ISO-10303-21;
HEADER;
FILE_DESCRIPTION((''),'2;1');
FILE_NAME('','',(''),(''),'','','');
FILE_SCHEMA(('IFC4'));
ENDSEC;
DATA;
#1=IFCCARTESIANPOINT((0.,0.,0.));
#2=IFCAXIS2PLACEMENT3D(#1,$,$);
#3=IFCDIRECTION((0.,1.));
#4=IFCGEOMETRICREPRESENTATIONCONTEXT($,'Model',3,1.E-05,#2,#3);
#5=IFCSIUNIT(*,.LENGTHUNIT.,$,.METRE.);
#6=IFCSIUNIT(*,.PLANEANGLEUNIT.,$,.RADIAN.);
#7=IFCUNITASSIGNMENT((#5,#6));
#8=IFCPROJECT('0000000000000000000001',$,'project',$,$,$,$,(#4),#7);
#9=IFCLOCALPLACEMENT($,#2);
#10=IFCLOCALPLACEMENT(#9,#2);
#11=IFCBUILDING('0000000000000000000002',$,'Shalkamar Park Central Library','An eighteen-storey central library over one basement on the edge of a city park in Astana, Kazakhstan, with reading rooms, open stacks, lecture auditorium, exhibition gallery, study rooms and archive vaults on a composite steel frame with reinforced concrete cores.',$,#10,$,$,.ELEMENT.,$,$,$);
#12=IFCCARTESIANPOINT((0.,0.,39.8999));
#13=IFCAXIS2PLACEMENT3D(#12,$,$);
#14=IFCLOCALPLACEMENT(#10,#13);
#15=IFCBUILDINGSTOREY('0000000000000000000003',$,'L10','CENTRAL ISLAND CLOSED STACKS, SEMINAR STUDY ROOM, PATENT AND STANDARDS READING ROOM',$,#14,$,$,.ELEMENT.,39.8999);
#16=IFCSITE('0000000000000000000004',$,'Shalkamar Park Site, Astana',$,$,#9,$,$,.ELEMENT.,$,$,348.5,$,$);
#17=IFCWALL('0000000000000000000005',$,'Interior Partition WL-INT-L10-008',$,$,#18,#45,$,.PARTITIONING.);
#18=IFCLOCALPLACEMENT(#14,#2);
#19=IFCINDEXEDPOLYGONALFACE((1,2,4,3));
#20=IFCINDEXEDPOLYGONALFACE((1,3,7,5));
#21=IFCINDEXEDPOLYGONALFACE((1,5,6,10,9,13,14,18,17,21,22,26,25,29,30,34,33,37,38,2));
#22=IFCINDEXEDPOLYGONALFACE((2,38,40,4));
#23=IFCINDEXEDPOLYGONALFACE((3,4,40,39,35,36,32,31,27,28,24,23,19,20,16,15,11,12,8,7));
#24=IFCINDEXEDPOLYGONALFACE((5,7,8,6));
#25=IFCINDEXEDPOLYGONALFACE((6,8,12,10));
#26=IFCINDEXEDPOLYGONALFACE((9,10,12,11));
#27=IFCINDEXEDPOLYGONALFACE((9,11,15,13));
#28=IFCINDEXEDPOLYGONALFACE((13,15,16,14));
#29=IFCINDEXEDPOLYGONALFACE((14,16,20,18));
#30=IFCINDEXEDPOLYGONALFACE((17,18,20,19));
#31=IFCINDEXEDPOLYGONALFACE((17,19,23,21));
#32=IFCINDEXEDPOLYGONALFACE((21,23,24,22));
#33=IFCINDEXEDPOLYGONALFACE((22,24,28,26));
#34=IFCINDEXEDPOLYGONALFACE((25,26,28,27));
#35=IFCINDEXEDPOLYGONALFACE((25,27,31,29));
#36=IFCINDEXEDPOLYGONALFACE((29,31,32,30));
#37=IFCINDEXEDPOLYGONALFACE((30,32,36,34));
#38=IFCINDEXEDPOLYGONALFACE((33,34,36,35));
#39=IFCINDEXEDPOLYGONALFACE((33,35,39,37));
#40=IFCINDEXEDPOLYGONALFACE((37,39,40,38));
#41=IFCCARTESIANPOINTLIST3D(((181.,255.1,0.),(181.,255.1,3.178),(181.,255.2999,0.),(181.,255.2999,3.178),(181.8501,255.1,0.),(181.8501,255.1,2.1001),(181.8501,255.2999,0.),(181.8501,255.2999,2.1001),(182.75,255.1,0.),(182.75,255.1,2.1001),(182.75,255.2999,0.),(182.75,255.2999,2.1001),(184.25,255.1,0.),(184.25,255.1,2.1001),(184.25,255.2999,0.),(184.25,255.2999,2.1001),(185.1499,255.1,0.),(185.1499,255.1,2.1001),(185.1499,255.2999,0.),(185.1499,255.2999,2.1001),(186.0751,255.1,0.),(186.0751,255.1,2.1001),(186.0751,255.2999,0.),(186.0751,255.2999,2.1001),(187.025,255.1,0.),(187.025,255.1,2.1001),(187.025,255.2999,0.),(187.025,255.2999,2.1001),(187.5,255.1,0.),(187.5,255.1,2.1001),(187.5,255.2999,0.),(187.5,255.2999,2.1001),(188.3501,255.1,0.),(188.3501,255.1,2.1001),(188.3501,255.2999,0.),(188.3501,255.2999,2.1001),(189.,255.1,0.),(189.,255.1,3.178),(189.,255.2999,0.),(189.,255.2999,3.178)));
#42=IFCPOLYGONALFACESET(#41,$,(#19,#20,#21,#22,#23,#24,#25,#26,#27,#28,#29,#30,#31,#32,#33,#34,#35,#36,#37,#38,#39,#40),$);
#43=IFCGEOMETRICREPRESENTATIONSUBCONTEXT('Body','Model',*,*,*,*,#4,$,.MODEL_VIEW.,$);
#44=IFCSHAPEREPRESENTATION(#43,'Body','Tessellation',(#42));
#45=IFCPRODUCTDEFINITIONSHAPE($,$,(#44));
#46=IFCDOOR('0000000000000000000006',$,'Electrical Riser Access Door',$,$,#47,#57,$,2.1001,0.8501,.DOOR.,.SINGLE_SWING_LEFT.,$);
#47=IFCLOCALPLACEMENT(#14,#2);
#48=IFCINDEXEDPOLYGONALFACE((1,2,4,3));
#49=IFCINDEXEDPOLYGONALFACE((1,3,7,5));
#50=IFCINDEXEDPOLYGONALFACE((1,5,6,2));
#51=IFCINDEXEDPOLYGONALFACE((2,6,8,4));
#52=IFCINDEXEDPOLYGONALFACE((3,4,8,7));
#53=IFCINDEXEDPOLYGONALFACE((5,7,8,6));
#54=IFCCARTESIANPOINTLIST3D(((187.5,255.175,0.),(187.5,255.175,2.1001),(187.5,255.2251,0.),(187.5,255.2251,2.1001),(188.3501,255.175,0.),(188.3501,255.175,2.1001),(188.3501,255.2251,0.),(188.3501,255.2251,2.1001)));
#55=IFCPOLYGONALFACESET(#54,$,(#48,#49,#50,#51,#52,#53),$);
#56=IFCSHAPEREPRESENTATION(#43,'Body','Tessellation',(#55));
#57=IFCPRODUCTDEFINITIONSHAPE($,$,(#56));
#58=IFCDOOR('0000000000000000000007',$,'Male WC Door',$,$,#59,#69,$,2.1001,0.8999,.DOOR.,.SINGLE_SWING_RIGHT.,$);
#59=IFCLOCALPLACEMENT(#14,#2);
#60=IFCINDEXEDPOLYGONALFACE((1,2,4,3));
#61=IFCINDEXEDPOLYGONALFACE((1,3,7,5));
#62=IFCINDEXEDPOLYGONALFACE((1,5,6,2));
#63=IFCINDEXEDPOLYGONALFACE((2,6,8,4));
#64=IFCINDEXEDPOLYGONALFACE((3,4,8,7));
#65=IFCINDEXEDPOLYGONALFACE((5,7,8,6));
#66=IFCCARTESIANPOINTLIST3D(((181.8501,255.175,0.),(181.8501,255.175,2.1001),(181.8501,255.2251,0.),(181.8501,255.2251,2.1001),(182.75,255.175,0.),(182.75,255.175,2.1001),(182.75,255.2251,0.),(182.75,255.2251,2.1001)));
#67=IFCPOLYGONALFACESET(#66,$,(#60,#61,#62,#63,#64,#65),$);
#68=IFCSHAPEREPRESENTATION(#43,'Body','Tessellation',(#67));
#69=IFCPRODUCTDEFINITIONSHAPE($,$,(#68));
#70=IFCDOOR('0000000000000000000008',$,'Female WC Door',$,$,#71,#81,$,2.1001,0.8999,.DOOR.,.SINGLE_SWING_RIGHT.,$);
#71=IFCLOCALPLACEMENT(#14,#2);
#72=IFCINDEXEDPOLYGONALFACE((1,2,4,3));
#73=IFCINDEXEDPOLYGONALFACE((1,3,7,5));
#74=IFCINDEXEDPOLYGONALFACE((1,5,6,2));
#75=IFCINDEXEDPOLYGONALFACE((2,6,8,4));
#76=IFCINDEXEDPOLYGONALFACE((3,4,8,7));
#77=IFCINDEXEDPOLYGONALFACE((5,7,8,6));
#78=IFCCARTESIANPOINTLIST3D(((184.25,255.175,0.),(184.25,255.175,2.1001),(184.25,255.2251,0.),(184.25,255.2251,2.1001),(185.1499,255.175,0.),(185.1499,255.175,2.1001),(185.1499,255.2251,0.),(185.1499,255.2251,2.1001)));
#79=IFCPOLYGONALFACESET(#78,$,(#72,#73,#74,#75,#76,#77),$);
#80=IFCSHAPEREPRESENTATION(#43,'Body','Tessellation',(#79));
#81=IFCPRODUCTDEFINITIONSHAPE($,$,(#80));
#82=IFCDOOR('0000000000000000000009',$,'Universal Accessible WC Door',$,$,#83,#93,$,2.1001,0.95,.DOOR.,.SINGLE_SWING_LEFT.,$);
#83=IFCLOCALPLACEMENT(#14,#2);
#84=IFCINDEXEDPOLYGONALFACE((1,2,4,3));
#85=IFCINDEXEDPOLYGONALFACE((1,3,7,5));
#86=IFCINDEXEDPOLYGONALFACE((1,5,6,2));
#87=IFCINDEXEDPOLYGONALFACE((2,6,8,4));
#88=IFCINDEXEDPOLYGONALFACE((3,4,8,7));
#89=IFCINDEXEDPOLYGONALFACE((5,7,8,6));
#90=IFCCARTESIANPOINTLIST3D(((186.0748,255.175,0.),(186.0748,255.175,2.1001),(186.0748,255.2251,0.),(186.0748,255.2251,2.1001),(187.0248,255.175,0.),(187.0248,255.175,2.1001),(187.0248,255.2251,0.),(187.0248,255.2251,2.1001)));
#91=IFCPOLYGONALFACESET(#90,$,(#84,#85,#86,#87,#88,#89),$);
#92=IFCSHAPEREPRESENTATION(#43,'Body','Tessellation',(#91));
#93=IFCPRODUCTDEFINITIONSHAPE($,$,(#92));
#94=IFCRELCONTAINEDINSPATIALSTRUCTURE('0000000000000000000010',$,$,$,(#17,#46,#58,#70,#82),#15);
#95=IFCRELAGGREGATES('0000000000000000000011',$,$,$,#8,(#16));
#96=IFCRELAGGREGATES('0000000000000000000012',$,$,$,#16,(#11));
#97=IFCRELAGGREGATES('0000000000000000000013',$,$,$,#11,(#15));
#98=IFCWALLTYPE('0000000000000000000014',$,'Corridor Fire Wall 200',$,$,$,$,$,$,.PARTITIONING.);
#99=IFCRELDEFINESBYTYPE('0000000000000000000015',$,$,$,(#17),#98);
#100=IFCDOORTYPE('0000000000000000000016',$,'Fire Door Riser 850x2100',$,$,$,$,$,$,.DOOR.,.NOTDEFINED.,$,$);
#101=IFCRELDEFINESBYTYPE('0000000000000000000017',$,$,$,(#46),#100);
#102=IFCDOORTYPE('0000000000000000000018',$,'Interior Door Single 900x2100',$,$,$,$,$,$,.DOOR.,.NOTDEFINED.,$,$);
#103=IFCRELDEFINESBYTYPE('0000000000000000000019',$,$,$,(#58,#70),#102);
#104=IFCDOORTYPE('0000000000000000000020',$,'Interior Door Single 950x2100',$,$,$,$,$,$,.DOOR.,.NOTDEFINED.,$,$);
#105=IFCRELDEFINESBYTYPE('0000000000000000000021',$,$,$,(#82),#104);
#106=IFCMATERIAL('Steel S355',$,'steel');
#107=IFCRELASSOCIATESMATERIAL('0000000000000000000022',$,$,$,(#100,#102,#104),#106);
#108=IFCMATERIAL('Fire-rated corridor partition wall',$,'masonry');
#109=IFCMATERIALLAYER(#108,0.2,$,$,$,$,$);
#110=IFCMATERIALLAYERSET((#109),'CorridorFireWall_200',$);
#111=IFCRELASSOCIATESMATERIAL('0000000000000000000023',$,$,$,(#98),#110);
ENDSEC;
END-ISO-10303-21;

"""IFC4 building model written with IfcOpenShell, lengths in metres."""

from ifc_helpers import new_model, si_unit, direction, frame, frame_2d, origin, place, context, subcontext, project, spatial, rectangle, extrude, material, layer, layer_set, type_object, element, fill, save


model = new_model("IFC4")

# Units and contexts
model_context = context("Model", 3, precision=1e-05, world=origin(), true_north=direction((0.0, 1.0)))
body_context = subcontext(model_context, "Body", "Model", "MODEL_VIEW")
ifc_project = project(units=[si_unit("LENGTHUNIT", "METRE"), si_unit("PLANEANGLEUNIT", "RADIAN")], contexts=[model_context])

# Site, building, storey
site_placement = place(None, origin())
site = spatial("IfcSite", under=ifc_project, at=site_placement, Name="Shalkamar Park Site, Astana", CompositionType="ELEMENT", RefElevation=348.5)
building_placement = place(site_placement, origin())
building = spatial("IfcBuilding", under=site, at=building_placement, Name="Shalkamar Park Central Library", Description="An eighteen-storey central library over one basement on the edge of a city park in Astana, Kazakhstan, with reading rooms, open stacks, lecture auditorium, exhibition gallery, study rooms and archive vaults on a composite steel frame with reinforced concrete cores.", CompositionType="ELEMENT")
storey_placement = place(building_placement, frame((0.0, 0.0, 39.8999)))
storey = spatial("IfcBuildingStorey", under=building, at=storey_placement, Name="L10", Description="CENTRAL ISLAND CLOSED STACKS, SEMINAR STUDY ROOM, PATENT AND STANDARDS READING ROOM", CompositionType="ELEMENT", Elevation=39.8999)

# Shared definitions
ifc_material_1 = material(Name="Steel S355", Category="steel")

# Shared definitions
door_type_1 = type_object("IfcDoorType", Name="Fire Door Riser 850x2100", OperationType="NOTDEFINED", PredefinedType="DOOR", material=ifc_material_1)

# Wall, openings, doors
ifc_material_2 = material(Name="Fire-rated corridor partition wall", Category="masonry")
ifc_layer_1 = layer(ifc_material_2, 0.2)
ifc_layer_set_1 = layer_set([ifc_layer_1], Name="CorridorFireWall_200")
wall_type_1 = type_object("IfcWallType", Name="Corridor Fire Wall 200", PredefinedType="PARTITIONING", material=ifc_layer_set_1)
wall_1_placement = place(storey_placement, frame((181.0, 255.2, 0.0), z_axis=(0.0, 0.0, 1.0), x_axis=(1.0, 0.0, 0.0)))
wall_1 = element("IfcWall", 1, at=wall_1_placement, inside=storey, type_object=wall_type_1, Name="Interior Partition WL-INT-L10-008", PredefinedType="PARTITIONING", context=body_context, shape_type="SweptSolid", body=[
    extrude(rectangle(XDim=8.0, YDim=0.2, at=frame_2d((4.0, 0.0))), origin(), (0.0, 0.0, 1.0), 3.178),
])
opening_1_placement = place(wall_1_placement, frame((0.8501, 0.0, 0.0)))
opening_1 = element("IfcOpeningElement", 2, at=opening_1_placement, cuts=wall_1, PredefinedType="OPENING", context=body_context, shape_type="SweptSolid", body=[
    extrude(rectangle(XDim=0.8999, YDim=2.1001, at=frame_2d((0.45, 1.05))), frame((0.0, 0.1147, 0.0), z_axis=(0.0, -1.0, 0.0), x_axis=(1.0, 0.0, 0.0)), (0.0, 0.0, 1.0), 0.2297),
])
opening_2_placement = place(wall_1_placement, frame((3.25, 0.0, 0.0)))
opening_2 = element("IfcOpeningElement", 3, at=opening_2_placement, cuts=wall_1, PredefinedType="OPENING", context=body_context, shape_type="SweptSolid", body=[
    extrude(rectangle(XDim=0.8999, YDim=2.1001, at=frame_2d((0.45, 1.05))), frame((0.0, 0.1147, 0.0), z_axis=(0.0, -1.0, 0.0), x_axis=(1.0, 0.0, 0.0)), (0.0, 0.0, 1.0), 0.2297),
])
opening_3_placement = place(wall_1_placement, frame((5.075, 0.0, 0.0)))
opening_3 = element("IfcOpeningElement", 4, at=opening_3_placement, cuts=wall_1, PredefinedType="OPENING", context=body_context, shape_type="SweptSolid", body=[
    extrude(rectangle(XDim=0.95, YDim=2.1001, at=frame_2d((0.4751, 1.05))), frame((0.0, 0.1147, 0.0), z_axis=(0.0, -1.0, 0.0), x_axis=(1.0, 0.0, 0.0)), (0.0, 0.0, 1.0), 0.2297),
])
opening_4_placement = place(wall_1_placement, frame((6.5, 0.0, 0.0)))
opening_4 = element("IfcOpeningElement", 5, at=opening_4_placement, cuts=wall_1, PredefinedType="OPENING", context=body_context, shape_type="SweptSolid", body=[
    extrude(rectangle(XDim=0.8501, YDim=2.1001, at=frame_2d((0.425, 1.05))), frame((0.0, 0.1147, 0.0), z_axis=(0.0, -1.0, 0.0), x_axis=(1.0, 0.0, 0.0)), (0.0, 0.0, 1.0), 0.2297),
])
door_1_placement = place(opening_4_placement, frame((0.8501, 0.0, 0.0), z_axis=(0.0, 0.0, 1.0), x_axis=(-1.0, 0.0, 0.0)))
door_1 = element("IfcDoor", 6, at=door_1_placement, inside=storey, type_object=door_type_1, Name="Electrical Riser Access Door", OperationType="SINGLE_SWING_LEFT", OverallHeight=2.1001, OverallWidth=0.8501, PredefinedType="DOOR", context=body_context, shape_type="SweptSolid", body=[
    extrude(rectangle(XDim=0.8501, YDim=2.1001, at=frame_2d((0.425, 1.05))), frame((0.0, 0.0249, 0.0), z_axis=(0.0, -1.0, 0.0), x_axis=(1.0, 0.0, 0.0)), (0.0, 0.0, 1.0), 0.05),
])
fill(opening_4, door_1)
door_type_2 = type_object("IfcDoorType", Name="Interior Door Single 900x2100", OperationType="NOTDEFINED", PredefinedType="DOOR", material=ifc_material_1)
door_2_placement = place(opening_1_placement, frame((0.8999, 0.0, 0.0), z_axis=(0.0, 0.0, 1.0), x_axis=(-1.0, 0.0, 0.0)))
door_2 = element("IfcDoor", 7, at=door_2_placement, inside=storey, type_object=door_type_2, Name="Male WC Door", OperationType="SINGLE_SWING_RIGHT", OverallHeight=2.1001, OverallWidth=0.8999, PredefinedType="DOOR", context=body_context, shape_type="SweptSolid", body=[
    extrude(rectangle(XDim=0.8999, YDim=2.1001, at=frame_2d((0.45, 1.05))), frame((0.0, 0.0249, 0.0), z_axis=(0.0, -1.0, 0.0), x_axis=(1.0, 0.0, 0.0)), (0.0, 0.0, 1.0), 0.05),
])
fill(opening_1, door_2)
door_3_placement = place(opening_2_placement, frame((0.8999, 0.0, 0.0), z_axis=(0.0, 0.0, 1.0), x_axis=(-1.0, 0.0, 0.0)))
door_3 = element("IfcDoor", 8, at=door_3_placement, inside=storey, type_object=door_type_2, Name="Female WC Door", OperationType="SINGLE_SWING_RIGHT", OverallHeight=2.1001, OverallWidth=0.8999, PredefinedType="DOOR", context=body_context, shape_type="SweptSolid", body=[
    extrude(rectangle(XDim=0.8999, YDim=2.1001, at=frame_2d((0.45, 1.05))), frame((0.0, 0.0249, 0.0), z_axis=(0.0, -1.0, 0.0), x_axis=(1.0, 0.0, 0.0)), (0.0, 0.0, 1.0), 0.05),
])
fill(opening_2, door_3)
door_type_3 = type_object("IfcDoorType", Name="Interior Door Single 950x2100", OperationType="NOTDEFINED", PredefinedType="DOOR", material=ifc_material_1)
door_4_placement = place(opening_3_placement, frame((0.95, 0.0, 0.0), z_axis=(0.0, 0.0, 1.0), x_axis=(-1.0, 0.0, 0.0)))
door_4 = element("IfcDoor", 9, at=door_4_placement, inside=storey, type_object=door_type_3, Name="Universal Accessible WC Door", OperationType="SINGLE_SWING_LEFT", OverallHeight=2.1001, OverallWidth=0.95, PredefinedType="DOOR", context=body_context, shape_type="SweptSolid", body=[
    extrude(rectangle(XDim=0.95, YDim=2.1001, at=frame_2d((0.4751, 1.05))), frame((0.0, 0.0249, 0.0), z_axis=(0.0, -1.0, 0.0), x_axis=(1.0, 0.0, 0.0)), (0.0, 0.0, 1.0), 0.05),
])
fill(opening_3, door_4)

save(model, "model.ifc")
